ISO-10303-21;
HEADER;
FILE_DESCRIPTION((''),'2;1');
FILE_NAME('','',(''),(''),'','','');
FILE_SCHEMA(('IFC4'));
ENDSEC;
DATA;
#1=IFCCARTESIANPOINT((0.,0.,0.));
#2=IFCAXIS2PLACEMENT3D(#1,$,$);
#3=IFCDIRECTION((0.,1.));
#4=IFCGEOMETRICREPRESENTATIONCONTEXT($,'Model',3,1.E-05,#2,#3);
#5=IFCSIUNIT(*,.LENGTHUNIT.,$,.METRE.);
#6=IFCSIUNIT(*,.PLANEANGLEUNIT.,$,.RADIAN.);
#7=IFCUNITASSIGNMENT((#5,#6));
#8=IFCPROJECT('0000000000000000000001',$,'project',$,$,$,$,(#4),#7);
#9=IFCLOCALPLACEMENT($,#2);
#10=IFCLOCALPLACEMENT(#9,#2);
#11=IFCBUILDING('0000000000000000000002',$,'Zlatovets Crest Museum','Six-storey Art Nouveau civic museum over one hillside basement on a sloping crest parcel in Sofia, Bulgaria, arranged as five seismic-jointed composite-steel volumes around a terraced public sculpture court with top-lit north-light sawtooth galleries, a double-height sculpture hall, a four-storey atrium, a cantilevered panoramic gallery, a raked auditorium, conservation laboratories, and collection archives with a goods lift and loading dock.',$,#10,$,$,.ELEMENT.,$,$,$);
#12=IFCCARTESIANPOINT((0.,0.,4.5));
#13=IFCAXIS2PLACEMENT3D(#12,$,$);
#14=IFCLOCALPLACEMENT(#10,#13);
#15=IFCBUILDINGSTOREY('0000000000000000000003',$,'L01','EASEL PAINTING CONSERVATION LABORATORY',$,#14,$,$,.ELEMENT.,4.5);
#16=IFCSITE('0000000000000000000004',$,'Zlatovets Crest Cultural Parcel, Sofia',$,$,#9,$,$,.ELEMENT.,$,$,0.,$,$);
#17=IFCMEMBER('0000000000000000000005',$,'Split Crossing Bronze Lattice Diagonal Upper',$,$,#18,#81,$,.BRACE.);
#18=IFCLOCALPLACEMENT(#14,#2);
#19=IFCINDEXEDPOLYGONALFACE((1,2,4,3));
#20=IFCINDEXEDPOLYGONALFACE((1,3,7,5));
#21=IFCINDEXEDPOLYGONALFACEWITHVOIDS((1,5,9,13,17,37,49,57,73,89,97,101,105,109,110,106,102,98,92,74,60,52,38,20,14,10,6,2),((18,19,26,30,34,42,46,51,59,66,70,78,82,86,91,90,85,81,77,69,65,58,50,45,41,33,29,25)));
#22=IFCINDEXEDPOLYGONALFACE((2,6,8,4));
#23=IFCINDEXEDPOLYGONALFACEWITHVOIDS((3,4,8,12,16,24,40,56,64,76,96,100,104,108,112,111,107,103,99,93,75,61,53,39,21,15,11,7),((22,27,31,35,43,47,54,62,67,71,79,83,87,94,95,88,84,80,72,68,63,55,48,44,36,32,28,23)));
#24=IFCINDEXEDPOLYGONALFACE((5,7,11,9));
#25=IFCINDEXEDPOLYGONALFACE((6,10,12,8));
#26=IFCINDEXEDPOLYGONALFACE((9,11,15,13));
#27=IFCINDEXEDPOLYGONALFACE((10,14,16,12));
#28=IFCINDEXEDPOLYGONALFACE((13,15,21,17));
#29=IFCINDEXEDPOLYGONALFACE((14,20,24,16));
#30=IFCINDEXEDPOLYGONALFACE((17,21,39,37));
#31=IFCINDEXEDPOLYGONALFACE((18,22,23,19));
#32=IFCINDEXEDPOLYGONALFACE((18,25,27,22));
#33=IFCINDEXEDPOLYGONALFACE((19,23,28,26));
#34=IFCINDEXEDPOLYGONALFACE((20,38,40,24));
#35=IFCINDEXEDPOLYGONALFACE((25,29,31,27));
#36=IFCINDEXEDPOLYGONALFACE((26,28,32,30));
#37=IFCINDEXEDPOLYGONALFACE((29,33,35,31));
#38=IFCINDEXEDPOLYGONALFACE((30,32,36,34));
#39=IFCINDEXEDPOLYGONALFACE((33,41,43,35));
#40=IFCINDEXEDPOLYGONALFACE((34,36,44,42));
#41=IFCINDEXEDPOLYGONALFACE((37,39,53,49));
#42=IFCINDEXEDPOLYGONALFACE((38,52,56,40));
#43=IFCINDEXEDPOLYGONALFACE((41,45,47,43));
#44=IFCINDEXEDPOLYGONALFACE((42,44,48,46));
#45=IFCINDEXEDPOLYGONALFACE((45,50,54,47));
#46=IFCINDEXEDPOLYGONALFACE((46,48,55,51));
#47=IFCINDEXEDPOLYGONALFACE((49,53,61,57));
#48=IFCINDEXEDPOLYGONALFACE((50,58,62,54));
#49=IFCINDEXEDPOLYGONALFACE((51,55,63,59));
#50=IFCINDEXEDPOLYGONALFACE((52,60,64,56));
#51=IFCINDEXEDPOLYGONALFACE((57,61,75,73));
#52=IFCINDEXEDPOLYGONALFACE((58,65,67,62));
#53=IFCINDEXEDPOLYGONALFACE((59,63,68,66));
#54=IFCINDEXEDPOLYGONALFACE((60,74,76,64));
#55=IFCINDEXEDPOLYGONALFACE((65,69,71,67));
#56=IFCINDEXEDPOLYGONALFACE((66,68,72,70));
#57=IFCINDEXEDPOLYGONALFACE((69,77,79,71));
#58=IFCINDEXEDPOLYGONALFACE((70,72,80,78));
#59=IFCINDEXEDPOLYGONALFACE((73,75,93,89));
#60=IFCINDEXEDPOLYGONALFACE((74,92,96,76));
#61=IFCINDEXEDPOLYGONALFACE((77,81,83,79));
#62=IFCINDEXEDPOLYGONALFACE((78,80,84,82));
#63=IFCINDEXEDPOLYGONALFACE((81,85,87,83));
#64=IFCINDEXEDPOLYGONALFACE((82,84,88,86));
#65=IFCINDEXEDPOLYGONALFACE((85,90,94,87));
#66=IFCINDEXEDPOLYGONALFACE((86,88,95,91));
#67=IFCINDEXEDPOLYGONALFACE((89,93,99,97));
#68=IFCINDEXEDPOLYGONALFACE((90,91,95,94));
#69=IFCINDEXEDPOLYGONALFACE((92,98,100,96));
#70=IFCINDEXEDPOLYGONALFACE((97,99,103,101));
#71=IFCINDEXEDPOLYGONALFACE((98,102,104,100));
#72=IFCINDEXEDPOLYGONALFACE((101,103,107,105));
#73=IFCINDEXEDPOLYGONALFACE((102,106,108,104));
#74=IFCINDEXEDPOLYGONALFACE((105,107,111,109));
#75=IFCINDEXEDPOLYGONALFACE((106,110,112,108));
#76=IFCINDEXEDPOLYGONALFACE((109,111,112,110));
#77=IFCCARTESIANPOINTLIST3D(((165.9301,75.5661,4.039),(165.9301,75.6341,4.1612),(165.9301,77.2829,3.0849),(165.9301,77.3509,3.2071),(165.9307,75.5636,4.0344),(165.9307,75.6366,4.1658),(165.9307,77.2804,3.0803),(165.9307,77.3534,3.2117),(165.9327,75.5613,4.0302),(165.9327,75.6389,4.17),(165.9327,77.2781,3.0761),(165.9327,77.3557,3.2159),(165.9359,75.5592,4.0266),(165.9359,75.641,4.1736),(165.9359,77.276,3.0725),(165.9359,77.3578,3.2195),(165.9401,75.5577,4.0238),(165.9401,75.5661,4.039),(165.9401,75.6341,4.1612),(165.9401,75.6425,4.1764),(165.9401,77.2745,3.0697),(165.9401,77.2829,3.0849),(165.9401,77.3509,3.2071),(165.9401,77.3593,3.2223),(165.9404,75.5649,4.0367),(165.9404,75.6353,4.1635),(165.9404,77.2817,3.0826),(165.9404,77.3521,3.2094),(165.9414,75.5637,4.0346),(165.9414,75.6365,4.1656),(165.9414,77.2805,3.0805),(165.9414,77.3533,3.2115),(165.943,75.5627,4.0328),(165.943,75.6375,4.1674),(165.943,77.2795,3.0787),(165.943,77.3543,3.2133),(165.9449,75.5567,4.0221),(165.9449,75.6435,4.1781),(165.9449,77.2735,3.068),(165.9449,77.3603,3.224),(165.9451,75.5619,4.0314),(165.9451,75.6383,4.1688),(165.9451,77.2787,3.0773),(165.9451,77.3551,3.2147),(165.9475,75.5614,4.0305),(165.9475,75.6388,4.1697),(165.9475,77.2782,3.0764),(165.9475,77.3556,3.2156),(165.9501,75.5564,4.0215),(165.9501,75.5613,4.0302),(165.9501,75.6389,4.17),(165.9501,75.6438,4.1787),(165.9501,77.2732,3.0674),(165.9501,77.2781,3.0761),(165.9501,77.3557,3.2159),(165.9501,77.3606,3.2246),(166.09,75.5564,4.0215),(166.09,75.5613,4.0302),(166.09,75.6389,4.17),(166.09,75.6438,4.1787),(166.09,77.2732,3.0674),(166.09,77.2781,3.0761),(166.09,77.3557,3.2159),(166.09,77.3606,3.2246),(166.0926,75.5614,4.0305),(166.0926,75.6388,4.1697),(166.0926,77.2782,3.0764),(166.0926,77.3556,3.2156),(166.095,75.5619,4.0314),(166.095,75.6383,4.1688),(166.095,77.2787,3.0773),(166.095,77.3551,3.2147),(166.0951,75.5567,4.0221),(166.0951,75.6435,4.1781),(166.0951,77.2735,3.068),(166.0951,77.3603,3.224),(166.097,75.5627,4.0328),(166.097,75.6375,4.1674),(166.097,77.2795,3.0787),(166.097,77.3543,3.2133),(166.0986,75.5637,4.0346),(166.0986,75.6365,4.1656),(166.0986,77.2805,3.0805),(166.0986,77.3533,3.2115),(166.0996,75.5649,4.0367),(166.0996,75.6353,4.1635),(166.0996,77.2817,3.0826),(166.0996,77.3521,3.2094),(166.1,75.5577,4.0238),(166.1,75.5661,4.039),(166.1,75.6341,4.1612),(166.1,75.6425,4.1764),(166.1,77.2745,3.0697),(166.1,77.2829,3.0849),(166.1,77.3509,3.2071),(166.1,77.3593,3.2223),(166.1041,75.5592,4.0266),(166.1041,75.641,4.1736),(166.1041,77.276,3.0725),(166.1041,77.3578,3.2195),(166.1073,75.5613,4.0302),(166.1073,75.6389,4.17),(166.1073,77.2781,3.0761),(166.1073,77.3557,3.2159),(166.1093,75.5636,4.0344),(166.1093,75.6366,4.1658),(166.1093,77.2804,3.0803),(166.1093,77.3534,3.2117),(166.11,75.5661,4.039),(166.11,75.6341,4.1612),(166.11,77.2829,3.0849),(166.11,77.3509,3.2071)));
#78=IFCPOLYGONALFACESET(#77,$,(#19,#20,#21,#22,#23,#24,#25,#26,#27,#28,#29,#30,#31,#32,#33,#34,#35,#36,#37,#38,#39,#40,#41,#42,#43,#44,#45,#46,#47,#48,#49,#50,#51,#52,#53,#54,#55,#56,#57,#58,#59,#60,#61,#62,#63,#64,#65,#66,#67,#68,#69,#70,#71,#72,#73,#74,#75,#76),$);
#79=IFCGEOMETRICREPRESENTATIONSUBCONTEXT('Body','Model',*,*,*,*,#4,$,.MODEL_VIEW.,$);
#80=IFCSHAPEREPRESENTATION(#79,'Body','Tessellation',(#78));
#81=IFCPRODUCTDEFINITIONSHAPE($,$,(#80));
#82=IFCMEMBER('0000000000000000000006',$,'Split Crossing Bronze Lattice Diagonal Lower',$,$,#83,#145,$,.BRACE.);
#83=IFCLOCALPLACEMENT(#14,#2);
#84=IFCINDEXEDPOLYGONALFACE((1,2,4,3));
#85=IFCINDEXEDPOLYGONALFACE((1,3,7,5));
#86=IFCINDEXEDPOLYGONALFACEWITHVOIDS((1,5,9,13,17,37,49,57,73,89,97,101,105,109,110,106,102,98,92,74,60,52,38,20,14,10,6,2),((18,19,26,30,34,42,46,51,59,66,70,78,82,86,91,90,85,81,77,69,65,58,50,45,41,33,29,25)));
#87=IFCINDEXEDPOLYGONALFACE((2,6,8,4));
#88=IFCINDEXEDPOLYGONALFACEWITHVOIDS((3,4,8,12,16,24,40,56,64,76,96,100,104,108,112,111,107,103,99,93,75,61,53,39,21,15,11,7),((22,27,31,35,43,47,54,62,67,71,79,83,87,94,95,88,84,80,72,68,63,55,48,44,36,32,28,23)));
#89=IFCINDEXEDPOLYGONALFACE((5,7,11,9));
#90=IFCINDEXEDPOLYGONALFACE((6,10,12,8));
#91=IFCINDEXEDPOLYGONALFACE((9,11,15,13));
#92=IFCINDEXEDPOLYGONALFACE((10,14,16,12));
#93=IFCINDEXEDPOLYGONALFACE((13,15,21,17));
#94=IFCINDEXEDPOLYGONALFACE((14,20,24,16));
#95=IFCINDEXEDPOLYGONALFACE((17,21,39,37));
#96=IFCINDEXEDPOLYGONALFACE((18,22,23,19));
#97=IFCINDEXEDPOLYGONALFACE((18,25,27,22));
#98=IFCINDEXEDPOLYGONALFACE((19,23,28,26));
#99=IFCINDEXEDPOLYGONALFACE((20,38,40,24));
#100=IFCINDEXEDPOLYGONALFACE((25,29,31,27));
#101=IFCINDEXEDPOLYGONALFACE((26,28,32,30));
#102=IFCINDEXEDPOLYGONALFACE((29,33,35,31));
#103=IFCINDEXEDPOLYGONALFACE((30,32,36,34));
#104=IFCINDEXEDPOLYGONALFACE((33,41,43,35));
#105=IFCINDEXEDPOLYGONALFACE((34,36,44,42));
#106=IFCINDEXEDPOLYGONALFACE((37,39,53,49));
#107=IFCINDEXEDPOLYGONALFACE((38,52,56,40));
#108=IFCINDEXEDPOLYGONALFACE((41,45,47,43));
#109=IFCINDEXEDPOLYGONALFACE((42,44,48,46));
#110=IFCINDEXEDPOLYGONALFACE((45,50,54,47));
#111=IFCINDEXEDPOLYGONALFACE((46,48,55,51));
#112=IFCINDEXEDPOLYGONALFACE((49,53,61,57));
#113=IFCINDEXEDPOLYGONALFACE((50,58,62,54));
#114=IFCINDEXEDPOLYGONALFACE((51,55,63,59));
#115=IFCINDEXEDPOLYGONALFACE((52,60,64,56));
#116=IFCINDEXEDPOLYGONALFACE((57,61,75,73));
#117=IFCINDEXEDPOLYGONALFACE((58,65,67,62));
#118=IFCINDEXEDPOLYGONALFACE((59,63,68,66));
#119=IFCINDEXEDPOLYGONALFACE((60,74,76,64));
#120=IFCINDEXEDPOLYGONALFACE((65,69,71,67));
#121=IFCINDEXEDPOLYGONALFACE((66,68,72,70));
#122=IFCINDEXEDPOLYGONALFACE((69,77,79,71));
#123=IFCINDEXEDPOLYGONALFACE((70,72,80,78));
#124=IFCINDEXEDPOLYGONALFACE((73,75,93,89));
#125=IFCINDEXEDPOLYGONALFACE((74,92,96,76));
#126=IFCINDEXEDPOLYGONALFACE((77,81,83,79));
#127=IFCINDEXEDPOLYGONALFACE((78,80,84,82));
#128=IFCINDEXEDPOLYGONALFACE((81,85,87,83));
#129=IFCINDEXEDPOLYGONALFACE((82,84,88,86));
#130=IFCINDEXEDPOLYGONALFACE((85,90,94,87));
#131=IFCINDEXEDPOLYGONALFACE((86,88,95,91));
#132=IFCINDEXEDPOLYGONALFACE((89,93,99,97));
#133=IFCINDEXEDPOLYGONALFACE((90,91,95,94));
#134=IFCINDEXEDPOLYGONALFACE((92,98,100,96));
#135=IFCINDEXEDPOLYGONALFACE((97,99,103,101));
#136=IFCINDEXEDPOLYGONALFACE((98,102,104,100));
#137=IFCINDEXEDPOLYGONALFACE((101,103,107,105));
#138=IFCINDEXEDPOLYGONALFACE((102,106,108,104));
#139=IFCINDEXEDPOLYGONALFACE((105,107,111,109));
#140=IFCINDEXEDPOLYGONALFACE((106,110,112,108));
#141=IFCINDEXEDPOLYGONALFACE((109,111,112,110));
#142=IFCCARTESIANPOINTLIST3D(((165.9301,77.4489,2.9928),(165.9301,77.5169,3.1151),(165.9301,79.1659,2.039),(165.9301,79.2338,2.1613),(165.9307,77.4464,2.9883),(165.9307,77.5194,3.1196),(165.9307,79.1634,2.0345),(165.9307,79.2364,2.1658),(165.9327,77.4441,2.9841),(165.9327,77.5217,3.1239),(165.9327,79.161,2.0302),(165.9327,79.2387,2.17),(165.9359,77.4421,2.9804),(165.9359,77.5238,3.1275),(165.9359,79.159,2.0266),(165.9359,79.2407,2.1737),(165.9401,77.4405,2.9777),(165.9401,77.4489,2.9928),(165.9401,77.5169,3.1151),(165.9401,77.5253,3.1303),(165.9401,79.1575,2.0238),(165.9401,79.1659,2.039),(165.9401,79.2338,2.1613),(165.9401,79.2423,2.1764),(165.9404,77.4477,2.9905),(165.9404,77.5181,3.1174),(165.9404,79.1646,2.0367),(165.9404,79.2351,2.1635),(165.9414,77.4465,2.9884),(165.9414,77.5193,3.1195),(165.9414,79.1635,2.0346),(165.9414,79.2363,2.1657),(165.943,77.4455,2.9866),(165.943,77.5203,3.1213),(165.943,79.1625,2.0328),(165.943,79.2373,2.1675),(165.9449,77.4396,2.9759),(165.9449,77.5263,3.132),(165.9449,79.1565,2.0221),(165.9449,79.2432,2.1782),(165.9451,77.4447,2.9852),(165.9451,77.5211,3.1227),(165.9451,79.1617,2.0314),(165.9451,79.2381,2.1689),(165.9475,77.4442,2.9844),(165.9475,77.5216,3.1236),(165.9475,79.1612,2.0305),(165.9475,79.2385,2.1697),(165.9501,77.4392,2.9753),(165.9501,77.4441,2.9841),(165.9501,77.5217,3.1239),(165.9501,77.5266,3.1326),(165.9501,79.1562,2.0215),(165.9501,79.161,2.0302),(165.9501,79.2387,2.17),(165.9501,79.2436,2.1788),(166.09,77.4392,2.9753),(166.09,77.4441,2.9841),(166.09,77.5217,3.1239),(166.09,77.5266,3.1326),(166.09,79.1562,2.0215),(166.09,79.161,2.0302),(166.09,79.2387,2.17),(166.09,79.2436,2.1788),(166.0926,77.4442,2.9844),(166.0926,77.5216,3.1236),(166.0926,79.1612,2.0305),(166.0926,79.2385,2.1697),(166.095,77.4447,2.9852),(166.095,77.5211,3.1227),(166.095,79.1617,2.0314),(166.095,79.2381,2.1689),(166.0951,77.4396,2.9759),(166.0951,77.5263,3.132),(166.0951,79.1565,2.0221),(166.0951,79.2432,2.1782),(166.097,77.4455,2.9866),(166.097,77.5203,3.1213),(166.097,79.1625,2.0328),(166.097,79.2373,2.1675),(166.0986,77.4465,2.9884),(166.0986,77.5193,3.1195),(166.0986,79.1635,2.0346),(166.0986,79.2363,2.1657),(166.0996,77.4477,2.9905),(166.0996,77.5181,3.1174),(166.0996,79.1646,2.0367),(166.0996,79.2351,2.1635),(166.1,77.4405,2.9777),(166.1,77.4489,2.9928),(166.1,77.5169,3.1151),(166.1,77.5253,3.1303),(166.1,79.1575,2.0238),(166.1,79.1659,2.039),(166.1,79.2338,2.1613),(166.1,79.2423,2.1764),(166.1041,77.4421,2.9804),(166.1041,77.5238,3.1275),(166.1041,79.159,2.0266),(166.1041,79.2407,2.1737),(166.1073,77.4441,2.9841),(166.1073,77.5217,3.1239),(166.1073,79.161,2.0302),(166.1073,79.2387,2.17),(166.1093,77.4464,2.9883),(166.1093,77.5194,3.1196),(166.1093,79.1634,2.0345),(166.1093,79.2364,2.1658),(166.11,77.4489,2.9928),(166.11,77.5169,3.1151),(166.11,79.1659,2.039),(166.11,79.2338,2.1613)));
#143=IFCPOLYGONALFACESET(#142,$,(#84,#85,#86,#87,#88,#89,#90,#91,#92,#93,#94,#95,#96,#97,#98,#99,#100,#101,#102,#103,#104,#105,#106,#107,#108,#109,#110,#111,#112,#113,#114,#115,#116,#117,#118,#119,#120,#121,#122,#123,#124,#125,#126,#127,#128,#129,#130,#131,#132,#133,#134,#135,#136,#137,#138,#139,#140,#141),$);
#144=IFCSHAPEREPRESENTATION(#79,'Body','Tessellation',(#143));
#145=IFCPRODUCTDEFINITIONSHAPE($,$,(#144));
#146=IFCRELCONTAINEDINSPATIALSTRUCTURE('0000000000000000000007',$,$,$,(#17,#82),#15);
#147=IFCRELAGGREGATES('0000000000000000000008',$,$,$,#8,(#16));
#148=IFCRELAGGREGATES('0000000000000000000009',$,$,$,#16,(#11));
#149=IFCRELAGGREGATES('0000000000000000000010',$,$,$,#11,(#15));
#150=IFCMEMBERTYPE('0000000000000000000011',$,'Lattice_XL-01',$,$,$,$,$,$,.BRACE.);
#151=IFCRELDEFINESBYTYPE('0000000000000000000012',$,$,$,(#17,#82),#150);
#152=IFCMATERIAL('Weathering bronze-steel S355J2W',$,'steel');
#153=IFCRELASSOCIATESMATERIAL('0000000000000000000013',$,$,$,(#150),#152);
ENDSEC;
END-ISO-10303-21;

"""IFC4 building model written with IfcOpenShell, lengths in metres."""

from ifc_helpers import new_model, si_unit, direction, frame, origin, origin_2d, place, context, subcontext, project, spatial, hollow_rectangle, extrude, material, material_profile, profile_set, type_object, element, save


model = new_model("IFC4")

# Units and contexts
model_context = context("Model", 3, precision=1e-05, world=origin(), true_north=direction((0.0, 1.0)))
body_context = subcontext(model_context, "Body", "Model", "MODEL_VIEW")
ifc_project = project(units=[si_unit("LENGTHUNIT", "METRE"), si_unit("PLANEANGLEUNIT", "RADIAN")], contexts=[model_context])

# Site, building, storey
site_placement = place(None, origin())
site = spatial("IfcSite", under=ifc_project, at=site_placement, Name="Zlatovets Crest Cultural Parcel, Sofia", CompositionType="ELEMENT", RefElevation=0.0)
building_placement = place(site_placement, origin())
building = spatial("IfcBuilding", under=site, at=building_placement, Name="Zlatovets Crest Museum", Description="Six-storey Art Nouveau civic museum over one hillside basement on a sloping crest parcel in Sofia, Bulgaria, arranged as five seismic-jointed composite-steel volumes around a terraced public sculpture court with top-lit north-light sawtooth galleries, a double-height sculpture hall, a four-storey atrium, a cantilevered panoramic gallery, a raked auditorium, conservation laboratories, and collection archives with a goods lift and loading dock.", CompositionType="ELEMENT")
storey_placement = place(building_placement, frame((0.0, 0.0, 4.5)))
storey = spatial("IfcBuildingStorey", under=building, at=storey_placement, Name="L01", Description="EASEL PAINTING CONSERVATION LABORATORY", CompositionType="ELEMENT", Elevation=4.5)

# Members
ifc_material_1 = material(Name="Weathering bronze-steel S355J2W", Category="steel")
ifc_material_profile_1 = material_profile(ifc_material_1, hollow_rectangle(XDim=0.1799, YDim=0.1799, WallThickness=0.01, InnerFilletRadius=0.01, OuterFilletRadius=0.02, at=origin_2d()), Name="SHS 180x180x10.0")
ifc_profile_set_1 = profile_set([ifc_material_profile_1], Name="Weathering bronze-steel S355J2W")
member_type_1 = type_object("IfcMemberType", Name="Lattice_XL-01", PredefinedType="BRACE", material=ifc_profile_set_1)
for number, where, z_axis, x_axis, name in (
    (1, (166.02, 75.6001, 4.1001), (0.0, 0.874087, -0.48577), (-1.0, 0.0, 0.0), "Split Crossing Bronze Lattice Diagonal Upper"),
    (2, (166.02, 77.4829, 3.054), (0.0, 0.874169, -0.485622), (-1.0, 0.0, 0.0), "Split Crossing Bronze Lattice Diagonal Lower"),
):
    element("IfcMember", number, at=place(storey_placement, frame(where, z_axis=z_axis, x_axis=x_axis)), inside=storey, type_object=member_type_1, Name=name, PredefinedType="BRACE", context=body_context, shape_type="SweptSolid", body=[
        extrude(hollow_rectangle(XDim=0.1799, YDim=0.1799, WallThickness=0.01, InnerFilletRadius=0.01, OuterFilletRadius=0.02, at=origin_2d()), origin(), (0.0, 0.0, 1.0), 1.9641),
    ])

save(model, "model.ifc")
